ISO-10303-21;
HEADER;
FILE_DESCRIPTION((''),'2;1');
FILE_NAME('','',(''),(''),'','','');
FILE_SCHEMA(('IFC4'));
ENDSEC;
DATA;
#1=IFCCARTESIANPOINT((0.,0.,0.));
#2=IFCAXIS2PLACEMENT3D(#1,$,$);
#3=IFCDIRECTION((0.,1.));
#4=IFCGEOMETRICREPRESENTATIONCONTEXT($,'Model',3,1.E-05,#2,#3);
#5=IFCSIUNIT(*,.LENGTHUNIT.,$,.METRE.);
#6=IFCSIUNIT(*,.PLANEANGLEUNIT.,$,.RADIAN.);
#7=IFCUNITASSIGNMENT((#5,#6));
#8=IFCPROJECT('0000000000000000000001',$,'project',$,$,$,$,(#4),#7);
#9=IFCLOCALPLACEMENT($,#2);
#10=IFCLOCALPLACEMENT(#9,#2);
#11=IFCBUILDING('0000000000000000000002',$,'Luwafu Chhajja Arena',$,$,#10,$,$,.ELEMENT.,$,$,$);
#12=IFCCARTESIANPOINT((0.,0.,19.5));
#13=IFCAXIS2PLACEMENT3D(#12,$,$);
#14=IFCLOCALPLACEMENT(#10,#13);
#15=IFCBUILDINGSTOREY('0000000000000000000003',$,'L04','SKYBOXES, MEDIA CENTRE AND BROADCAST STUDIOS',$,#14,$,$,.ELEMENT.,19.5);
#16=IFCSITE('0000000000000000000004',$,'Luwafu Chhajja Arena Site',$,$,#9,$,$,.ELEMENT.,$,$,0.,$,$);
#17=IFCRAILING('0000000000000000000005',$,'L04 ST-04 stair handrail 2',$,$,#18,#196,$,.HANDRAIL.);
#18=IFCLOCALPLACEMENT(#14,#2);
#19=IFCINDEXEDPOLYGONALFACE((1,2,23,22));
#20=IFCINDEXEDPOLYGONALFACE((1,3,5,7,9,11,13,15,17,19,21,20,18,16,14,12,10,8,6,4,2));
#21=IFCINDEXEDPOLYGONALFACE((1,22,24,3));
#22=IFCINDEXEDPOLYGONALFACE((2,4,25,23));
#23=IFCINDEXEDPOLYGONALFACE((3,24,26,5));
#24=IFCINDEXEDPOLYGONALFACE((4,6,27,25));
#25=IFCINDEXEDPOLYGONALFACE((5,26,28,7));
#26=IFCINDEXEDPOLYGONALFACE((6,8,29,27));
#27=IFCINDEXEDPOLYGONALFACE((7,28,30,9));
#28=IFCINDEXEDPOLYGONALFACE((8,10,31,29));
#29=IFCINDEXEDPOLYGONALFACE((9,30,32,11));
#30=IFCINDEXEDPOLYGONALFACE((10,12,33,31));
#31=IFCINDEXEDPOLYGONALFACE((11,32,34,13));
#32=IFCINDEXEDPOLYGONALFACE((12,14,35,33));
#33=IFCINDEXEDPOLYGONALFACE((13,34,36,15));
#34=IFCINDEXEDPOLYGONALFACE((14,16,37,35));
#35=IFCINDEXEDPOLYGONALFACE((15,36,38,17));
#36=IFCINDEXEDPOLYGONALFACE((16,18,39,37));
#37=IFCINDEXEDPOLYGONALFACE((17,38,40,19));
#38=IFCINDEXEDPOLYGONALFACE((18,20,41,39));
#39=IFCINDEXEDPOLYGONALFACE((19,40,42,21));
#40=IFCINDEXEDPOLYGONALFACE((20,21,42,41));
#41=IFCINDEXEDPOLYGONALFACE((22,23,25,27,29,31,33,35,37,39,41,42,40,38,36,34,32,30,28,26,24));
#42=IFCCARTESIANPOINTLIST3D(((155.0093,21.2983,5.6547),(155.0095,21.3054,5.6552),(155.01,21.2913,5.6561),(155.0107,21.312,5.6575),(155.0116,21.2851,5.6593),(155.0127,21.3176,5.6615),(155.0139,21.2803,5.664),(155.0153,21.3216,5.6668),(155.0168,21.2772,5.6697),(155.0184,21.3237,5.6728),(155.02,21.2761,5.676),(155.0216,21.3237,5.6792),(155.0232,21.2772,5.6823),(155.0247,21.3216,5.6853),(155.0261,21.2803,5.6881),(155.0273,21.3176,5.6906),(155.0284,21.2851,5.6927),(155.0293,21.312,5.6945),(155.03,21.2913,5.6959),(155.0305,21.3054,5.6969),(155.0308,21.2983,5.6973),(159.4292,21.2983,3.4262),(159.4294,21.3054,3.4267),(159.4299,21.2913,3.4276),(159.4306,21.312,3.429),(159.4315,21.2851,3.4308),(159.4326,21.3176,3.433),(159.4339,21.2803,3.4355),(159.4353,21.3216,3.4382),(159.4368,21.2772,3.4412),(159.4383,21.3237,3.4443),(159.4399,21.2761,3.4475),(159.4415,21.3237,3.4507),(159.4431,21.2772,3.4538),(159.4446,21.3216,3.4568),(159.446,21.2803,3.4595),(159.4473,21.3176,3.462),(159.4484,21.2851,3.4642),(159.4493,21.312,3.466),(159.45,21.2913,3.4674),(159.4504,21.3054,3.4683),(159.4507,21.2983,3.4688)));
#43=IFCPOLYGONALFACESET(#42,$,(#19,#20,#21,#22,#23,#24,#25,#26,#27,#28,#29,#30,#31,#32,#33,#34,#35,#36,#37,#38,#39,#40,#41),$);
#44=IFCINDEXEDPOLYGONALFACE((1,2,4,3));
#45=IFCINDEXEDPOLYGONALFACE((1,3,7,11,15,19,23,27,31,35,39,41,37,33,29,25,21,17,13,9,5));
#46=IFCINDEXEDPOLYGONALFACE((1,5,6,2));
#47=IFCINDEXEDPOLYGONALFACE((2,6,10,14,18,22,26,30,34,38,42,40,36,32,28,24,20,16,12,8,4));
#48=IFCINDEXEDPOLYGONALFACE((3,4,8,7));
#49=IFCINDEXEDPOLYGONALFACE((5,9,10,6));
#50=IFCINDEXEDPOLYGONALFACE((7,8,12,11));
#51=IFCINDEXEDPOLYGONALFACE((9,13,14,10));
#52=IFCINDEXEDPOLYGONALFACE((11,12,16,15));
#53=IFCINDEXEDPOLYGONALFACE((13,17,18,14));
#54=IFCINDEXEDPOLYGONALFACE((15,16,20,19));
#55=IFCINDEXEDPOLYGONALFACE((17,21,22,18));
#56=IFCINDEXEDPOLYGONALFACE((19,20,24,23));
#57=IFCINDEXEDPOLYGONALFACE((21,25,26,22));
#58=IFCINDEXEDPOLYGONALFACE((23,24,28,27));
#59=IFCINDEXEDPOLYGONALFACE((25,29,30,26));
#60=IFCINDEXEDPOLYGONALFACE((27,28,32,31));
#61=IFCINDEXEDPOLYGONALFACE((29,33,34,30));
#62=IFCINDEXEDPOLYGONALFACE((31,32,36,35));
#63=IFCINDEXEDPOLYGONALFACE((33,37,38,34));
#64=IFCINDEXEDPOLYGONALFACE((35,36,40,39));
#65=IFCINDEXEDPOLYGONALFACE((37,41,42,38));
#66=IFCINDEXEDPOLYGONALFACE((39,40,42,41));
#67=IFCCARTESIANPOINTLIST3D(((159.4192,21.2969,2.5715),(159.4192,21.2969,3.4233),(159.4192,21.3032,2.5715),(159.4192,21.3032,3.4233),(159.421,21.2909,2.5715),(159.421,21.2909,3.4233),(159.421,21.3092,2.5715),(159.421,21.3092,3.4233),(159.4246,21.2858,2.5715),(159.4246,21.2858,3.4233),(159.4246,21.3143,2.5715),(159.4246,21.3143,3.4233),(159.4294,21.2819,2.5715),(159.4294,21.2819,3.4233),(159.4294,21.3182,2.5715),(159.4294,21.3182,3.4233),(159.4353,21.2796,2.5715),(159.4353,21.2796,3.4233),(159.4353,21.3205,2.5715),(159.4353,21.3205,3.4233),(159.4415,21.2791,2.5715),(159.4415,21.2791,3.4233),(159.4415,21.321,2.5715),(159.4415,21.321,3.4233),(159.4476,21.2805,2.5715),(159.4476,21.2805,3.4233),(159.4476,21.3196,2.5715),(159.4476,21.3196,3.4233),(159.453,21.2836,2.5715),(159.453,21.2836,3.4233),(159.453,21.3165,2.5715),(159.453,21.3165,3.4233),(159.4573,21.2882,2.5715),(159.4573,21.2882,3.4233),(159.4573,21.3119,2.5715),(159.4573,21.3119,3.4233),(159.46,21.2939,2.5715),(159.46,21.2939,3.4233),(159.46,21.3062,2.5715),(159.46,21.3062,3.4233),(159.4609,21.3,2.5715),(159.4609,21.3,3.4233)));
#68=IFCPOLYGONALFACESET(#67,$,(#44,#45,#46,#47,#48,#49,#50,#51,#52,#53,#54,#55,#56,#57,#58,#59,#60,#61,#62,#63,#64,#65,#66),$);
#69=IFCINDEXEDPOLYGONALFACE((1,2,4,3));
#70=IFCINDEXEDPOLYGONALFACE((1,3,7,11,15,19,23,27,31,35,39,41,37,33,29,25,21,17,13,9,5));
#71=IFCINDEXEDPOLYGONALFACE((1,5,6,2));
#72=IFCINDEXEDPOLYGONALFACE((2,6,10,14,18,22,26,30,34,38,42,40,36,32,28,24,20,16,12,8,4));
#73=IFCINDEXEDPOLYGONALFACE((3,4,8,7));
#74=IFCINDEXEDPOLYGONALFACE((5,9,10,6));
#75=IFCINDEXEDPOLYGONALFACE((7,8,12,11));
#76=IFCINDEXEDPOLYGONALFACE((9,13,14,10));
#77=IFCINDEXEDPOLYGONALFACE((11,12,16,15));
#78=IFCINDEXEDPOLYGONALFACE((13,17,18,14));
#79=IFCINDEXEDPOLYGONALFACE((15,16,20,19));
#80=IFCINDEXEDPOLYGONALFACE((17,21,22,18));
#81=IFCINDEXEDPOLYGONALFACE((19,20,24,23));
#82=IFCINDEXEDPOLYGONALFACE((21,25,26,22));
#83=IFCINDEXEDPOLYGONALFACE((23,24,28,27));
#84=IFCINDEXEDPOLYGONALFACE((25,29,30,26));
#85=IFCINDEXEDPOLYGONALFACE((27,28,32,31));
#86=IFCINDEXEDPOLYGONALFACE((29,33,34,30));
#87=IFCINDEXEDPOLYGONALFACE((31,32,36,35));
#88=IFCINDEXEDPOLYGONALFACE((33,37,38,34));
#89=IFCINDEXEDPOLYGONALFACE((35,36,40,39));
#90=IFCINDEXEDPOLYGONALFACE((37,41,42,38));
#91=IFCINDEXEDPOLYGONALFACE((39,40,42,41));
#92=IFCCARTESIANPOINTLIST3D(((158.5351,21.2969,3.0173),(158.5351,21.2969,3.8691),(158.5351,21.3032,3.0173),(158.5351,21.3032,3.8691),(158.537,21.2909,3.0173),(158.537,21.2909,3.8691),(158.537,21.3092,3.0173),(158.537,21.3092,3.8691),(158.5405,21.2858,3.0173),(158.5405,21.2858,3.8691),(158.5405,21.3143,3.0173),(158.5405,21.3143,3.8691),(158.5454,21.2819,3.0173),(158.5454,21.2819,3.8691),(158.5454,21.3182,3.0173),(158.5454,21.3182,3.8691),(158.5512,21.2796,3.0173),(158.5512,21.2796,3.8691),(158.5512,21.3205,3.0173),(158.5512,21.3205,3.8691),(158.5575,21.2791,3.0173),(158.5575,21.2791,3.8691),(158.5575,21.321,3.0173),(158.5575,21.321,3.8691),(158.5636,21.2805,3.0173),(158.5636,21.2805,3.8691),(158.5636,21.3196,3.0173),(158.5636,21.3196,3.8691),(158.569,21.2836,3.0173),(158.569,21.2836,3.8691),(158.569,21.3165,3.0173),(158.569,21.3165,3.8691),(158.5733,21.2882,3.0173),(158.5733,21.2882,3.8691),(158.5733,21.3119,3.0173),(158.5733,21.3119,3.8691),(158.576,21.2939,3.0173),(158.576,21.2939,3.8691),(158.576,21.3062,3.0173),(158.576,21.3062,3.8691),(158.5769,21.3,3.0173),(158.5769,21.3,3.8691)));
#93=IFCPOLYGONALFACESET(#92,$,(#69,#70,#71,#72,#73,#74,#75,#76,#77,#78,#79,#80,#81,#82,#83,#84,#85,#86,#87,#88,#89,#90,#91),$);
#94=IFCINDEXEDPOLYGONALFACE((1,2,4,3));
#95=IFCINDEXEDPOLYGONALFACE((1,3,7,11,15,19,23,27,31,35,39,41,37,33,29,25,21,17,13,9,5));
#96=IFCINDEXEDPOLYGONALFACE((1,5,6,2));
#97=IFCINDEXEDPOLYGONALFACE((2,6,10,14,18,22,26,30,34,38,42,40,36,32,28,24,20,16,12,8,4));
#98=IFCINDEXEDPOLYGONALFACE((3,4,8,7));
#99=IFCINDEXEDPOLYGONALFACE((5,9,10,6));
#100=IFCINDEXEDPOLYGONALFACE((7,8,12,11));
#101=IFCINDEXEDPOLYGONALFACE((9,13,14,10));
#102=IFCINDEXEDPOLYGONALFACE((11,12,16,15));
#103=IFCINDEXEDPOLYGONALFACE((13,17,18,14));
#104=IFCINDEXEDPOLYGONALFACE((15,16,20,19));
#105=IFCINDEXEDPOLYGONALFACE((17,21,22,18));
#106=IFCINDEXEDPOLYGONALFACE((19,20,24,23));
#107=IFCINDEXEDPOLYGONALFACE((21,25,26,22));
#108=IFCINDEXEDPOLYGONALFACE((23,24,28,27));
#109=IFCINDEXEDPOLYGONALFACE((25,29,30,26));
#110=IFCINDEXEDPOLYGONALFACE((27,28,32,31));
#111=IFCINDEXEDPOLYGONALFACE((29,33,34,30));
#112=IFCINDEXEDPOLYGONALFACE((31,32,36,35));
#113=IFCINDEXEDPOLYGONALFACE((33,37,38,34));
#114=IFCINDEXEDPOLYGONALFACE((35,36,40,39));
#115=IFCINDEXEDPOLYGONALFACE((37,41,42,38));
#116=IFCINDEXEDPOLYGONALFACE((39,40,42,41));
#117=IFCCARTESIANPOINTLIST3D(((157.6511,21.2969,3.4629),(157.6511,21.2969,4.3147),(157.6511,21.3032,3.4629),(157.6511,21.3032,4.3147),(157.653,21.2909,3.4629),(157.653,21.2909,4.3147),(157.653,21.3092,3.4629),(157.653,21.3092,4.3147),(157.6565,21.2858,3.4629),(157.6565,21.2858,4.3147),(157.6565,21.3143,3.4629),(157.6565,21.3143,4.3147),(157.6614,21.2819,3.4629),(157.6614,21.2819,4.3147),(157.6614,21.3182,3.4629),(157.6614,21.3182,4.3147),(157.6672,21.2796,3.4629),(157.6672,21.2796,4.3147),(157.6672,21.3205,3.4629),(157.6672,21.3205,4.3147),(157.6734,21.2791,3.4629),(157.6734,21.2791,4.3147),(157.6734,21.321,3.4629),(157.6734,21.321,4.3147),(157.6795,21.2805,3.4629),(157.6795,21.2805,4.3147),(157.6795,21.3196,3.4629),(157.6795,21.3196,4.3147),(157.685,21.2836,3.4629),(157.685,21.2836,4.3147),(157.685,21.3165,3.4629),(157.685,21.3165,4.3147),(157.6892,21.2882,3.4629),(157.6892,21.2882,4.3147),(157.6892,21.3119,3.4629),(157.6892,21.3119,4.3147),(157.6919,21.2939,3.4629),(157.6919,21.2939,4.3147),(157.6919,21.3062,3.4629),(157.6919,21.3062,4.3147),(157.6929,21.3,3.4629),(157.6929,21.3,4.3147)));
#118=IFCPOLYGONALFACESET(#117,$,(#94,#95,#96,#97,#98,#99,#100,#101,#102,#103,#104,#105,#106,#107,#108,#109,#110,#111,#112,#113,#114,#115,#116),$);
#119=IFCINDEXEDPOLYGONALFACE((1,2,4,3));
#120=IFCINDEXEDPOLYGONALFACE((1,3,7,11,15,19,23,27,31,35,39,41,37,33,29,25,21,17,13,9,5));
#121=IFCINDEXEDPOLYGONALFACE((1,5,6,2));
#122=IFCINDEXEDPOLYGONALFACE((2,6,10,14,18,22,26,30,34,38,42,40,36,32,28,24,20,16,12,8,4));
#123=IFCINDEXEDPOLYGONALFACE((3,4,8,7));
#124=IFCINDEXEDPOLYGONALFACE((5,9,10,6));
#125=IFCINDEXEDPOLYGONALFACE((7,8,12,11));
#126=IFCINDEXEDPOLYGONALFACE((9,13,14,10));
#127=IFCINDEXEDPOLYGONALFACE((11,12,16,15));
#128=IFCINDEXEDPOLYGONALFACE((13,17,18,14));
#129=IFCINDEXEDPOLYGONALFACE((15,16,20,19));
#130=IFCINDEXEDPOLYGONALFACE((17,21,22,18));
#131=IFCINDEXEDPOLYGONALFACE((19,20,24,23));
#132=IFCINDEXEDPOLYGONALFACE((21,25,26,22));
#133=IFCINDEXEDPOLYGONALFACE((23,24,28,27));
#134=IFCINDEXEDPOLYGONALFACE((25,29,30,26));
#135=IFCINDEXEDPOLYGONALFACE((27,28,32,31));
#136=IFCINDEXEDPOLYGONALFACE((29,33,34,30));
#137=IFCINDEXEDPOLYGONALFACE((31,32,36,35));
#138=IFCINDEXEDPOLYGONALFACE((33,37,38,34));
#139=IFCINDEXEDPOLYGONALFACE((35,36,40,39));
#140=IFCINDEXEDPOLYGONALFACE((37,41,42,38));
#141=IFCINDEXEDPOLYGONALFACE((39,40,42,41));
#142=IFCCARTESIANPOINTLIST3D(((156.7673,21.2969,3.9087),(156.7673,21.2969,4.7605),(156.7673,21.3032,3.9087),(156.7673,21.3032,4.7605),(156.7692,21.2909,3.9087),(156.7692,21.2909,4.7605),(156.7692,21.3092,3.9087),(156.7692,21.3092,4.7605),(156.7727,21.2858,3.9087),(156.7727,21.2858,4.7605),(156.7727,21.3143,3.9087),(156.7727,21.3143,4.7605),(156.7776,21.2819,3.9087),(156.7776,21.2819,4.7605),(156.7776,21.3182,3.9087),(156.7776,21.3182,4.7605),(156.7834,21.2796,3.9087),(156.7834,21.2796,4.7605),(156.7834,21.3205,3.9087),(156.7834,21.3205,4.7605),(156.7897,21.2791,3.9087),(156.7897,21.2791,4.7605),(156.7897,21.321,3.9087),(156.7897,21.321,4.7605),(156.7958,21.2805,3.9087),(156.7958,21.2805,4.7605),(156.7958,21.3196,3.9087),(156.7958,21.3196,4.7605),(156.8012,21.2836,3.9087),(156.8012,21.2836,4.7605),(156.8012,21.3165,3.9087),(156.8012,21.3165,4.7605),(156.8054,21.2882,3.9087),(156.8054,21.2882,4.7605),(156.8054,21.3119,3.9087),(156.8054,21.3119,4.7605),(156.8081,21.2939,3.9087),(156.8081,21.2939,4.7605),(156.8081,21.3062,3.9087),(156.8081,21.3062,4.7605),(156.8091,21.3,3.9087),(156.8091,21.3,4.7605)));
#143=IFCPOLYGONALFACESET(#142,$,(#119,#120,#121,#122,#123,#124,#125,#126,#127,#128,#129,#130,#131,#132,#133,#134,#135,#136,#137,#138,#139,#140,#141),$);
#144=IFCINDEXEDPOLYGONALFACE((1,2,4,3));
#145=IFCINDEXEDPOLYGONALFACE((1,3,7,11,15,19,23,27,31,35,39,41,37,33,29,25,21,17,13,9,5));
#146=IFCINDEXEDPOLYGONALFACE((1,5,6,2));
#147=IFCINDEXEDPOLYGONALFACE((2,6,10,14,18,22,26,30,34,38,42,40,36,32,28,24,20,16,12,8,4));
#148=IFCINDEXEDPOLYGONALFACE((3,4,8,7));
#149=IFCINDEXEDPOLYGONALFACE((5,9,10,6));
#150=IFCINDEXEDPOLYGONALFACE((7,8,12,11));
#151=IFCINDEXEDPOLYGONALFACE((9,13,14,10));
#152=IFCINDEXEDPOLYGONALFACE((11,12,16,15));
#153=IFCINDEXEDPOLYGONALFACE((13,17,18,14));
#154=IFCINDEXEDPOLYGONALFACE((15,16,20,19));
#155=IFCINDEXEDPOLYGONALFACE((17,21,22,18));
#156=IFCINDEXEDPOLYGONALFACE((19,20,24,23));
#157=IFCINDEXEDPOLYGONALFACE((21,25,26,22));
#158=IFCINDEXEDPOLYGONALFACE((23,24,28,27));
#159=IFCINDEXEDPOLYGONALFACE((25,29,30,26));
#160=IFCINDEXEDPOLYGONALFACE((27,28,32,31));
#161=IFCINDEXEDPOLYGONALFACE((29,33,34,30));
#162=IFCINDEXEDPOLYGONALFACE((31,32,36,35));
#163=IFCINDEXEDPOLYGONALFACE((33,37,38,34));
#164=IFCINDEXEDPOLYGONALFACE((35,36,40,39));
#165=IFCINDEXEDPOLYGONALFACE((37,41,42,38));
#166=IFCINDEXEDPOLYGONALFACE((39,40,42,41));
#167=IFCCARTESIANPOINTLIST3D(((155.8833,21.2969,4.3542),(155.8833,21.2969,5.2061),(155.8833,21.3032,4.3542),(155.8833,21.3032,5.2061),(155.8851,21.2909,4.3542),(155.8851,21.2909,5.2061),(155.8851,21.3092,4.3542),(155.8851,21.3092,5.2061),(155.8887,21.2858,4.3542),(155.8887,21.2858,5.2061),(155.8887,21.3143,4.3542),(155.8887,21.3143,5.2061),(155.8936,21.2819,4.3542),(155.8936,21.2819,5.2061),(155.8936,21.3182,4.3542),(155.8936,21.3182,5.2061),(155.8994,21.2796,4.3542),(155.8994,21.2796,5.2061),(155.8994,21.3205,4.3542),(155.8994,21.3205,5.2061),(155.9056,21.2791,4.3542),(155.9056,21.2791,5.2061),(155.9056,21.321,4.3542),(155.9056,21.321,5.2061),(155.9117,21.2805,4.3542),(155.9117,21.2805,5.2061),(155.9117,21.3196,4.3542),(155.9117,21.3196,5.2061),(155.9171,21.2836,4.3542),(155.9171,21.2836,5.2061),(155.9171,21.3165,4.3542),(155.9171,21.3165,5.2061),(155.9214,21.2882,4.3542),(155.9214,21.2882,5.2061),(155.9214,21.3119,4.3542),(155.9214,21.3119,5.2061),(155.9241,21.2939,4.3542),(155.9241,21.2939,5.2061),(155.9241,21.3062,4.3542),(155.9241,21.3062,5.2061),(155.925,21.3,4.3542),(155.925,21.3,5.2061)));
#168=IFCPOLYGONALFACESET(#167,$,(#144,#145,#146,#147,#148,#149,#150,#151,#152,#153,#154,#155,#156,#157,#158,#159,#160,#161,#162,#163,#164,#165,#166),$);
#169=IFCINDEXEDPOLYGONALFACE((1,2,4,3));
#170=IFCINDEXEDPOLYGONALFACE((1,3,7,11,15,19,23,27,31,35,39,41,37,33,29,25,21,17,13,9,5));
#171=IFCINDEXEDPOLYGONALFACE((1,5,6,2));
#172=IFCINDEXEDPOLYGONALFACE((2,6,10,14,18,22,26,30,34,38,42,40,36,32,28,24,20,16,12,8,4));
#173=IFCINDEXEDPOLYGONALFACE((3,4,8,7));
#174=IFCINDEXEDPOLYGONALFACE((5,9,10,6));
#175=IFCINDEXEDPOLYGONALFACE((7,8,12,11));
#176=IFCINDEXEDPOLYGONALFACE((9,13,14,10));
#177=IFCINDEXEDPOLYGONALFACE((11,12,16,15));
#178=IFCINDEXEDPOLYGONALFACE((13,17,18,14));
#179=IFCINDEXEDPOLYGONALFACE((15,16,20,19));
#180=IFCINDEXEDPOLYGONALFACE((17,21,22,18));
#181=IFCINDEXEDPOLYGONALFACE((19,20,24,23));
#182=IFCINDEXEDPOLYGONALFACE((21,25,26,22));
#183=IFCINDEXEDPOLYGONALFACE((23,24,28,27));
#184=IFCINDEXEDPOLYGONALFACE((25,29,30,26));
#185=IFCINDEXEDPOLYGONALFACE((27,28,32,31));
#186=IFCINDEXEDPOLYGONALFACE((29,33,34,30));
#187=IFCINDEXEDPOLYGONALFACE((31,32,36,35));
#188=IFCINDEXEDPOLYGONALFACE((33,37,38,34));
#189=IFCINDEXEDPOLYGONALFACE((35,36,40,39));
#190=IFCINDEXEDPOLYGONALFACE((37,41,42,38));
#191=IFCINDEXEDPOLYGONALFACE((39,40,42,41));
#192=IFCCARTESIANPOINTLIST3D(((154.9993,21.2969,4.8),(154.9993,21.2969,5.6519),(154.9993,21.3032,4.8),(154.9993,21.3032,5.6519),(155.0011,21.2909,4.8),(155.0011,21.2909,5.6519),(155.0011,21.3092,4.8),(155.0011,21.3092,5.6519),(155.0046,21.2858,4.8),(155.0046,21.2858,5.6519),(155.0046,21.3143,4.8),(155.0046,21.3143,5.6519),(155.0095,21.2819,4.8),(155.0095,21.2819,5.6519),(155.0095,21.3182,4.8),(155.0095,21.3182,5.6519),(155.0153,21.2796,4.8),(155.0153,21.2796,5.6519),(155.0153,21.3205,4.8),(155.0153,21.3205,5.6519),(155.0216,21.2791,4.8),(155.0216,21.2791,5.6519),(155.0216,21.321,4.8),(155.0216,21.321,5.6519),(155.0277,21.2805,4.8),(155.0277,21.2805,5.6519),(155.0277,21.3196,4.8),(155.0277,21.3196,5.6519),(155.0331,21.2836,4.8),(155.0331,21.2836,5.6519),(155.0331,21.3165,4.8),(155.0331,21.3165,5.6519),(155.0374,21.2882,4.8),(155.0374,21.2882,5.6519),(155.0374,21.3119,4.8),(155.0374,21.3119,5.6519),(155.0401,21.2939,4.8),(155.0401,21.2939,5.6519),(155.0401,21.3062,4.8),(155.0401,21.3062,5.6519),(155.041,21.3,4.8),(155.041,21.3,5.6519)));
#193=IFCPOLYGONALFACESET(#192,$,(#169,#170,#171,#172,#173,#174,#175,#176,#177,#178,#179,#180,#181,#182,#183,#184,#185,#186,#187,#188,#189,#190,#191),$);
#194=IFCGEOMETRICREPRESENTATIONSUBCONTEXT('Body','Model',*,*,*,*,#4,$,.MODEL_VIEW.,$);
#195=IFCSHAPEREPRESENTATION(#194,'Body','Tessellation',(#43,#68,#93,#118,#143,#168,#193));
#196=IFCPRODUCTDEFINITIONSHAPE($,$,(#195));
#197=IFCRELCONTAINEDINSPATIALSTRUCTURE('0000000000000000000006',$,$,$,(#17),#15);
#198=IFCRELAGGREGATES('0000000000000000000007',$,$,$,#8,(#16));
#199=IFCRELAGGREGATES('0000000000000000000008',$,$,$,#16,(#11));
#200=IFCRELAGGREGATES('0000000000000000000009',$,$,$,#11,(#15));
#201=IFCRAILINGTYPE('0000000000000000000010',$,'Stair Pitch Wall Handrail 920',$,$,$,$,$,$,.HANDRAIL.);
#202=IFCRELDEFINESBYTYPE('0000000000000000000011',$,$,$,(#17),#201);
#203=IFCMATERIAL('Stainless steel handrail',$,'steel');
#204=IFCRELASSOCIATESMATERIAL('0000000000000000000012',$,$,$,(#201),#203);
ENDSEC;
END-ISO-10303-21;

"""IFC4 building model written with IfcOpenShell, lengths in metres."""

from ifc_helpers import new_model, si_unit, direction, frame, origin, origin_2d, place, context, subcontext, project, spatial, circle, extrude, material, type_object, element, save


model = new_model("IFC4")

# Units and contexts
model_context = context("Model", 3, precision=1e-05, world=origin(), true_north=direction((0.0, 1.0)))
body_context = subcontext(model_context, "Body", "Model", "MODEL_VIEW")
ifc_project = project(units=[si_unit("LENGTHUNIT", "METRE"), si_unit("PLANEANGLEUNIT", "RADIAN")], contexts=[model_context])

# Site, building, storey
site_placement = place(None, origin())
site = spatial("IfcSite", under=ifc_project, at=site_placement, Name="Luwafu Chhajja Arena Site", CompositionType="ELEMENT", RefElevation=0.0)
building_placement = place(site_placement, origin())
building = spatial("IfcBuilding", under=site, at=building_placement, Name="Luwafu Chhajja Arena", CompositionType="ELEMENT")
storey_placement = place(building_placement, frame((0.0, 0.0, 19.5)))
storey = spatial("IfcBuildingStorey", under=building, at=storey_placement, Name="L04", Description="SKYBOXES, MEDIA CENTRE AND BROADCAST STUDIOS", CompositionType="ELEMENT", Elevation=19.5)

# Railing
ifc_material_1 = material(Name="Stainless steel handrail", Category="steel")
railing_type_1 = type_object("IfcRailingType", Name="Stair Pitch Wall Handrail 920", PredefinedType="HANDRAIL", material=ifc_material_1)
railing_1_placement = place(storey_placement, frame((159.4399, 21.3, 2.5715)))
element("IfcRailing", 1, at=railing_1_placement, inside=storey, type_object=railing_type_1, Name="L04 ST-04 stair handrail 2", PredefinedType="HANDRAIL", context=body_context, shape_type="SweptSolid", body=[
    extrude(circle(Radius=0.0239, at=origin_2d()), frame((0.0, 0.0, 0.876), z_axis=(-0.892923, 0.0, 0.45021), x_axis=(0.0, -1.0, 0.0)), (0.0, 0.0, 1.0), 4.95),
    extrude(circle(Radius=0.021, at=origin_2d()), origin(), (0.0, 0.0, 1.0), 0.8518),
    extrude(circle(Radius=0.021, at=origin_2d()), frame((-0.884, 0.0, 0.4458)), (0.0, 0.0, 1.0), 0.8518),
    extrude(circle(Radius=0.021, at=origin_2d()), frame((-1.7681, 0.0, 0.8914)), (0.0, 0.0, 1.0), 0.8518),
    extrude(circle(Radius=0.021, at=origin_2d()), frame((-2.6519, 0.0, 1.3372)), (0.0, 0.0, 1.0), 0.8518),
    extrude(circle(Radius=0.021, at=origin_2d()), frame((-3.5359, 0.0, 1.7827)), (0.0, 0.0, 1.0), 0.8518),
    extrude(circle(Radius=0.021, at=origin_2d()), frame((-4.4199, 0.0, 2.2285)), (0.0, 0.0, 1.0), 0.8518),
])

save(model, "model.ifc")
